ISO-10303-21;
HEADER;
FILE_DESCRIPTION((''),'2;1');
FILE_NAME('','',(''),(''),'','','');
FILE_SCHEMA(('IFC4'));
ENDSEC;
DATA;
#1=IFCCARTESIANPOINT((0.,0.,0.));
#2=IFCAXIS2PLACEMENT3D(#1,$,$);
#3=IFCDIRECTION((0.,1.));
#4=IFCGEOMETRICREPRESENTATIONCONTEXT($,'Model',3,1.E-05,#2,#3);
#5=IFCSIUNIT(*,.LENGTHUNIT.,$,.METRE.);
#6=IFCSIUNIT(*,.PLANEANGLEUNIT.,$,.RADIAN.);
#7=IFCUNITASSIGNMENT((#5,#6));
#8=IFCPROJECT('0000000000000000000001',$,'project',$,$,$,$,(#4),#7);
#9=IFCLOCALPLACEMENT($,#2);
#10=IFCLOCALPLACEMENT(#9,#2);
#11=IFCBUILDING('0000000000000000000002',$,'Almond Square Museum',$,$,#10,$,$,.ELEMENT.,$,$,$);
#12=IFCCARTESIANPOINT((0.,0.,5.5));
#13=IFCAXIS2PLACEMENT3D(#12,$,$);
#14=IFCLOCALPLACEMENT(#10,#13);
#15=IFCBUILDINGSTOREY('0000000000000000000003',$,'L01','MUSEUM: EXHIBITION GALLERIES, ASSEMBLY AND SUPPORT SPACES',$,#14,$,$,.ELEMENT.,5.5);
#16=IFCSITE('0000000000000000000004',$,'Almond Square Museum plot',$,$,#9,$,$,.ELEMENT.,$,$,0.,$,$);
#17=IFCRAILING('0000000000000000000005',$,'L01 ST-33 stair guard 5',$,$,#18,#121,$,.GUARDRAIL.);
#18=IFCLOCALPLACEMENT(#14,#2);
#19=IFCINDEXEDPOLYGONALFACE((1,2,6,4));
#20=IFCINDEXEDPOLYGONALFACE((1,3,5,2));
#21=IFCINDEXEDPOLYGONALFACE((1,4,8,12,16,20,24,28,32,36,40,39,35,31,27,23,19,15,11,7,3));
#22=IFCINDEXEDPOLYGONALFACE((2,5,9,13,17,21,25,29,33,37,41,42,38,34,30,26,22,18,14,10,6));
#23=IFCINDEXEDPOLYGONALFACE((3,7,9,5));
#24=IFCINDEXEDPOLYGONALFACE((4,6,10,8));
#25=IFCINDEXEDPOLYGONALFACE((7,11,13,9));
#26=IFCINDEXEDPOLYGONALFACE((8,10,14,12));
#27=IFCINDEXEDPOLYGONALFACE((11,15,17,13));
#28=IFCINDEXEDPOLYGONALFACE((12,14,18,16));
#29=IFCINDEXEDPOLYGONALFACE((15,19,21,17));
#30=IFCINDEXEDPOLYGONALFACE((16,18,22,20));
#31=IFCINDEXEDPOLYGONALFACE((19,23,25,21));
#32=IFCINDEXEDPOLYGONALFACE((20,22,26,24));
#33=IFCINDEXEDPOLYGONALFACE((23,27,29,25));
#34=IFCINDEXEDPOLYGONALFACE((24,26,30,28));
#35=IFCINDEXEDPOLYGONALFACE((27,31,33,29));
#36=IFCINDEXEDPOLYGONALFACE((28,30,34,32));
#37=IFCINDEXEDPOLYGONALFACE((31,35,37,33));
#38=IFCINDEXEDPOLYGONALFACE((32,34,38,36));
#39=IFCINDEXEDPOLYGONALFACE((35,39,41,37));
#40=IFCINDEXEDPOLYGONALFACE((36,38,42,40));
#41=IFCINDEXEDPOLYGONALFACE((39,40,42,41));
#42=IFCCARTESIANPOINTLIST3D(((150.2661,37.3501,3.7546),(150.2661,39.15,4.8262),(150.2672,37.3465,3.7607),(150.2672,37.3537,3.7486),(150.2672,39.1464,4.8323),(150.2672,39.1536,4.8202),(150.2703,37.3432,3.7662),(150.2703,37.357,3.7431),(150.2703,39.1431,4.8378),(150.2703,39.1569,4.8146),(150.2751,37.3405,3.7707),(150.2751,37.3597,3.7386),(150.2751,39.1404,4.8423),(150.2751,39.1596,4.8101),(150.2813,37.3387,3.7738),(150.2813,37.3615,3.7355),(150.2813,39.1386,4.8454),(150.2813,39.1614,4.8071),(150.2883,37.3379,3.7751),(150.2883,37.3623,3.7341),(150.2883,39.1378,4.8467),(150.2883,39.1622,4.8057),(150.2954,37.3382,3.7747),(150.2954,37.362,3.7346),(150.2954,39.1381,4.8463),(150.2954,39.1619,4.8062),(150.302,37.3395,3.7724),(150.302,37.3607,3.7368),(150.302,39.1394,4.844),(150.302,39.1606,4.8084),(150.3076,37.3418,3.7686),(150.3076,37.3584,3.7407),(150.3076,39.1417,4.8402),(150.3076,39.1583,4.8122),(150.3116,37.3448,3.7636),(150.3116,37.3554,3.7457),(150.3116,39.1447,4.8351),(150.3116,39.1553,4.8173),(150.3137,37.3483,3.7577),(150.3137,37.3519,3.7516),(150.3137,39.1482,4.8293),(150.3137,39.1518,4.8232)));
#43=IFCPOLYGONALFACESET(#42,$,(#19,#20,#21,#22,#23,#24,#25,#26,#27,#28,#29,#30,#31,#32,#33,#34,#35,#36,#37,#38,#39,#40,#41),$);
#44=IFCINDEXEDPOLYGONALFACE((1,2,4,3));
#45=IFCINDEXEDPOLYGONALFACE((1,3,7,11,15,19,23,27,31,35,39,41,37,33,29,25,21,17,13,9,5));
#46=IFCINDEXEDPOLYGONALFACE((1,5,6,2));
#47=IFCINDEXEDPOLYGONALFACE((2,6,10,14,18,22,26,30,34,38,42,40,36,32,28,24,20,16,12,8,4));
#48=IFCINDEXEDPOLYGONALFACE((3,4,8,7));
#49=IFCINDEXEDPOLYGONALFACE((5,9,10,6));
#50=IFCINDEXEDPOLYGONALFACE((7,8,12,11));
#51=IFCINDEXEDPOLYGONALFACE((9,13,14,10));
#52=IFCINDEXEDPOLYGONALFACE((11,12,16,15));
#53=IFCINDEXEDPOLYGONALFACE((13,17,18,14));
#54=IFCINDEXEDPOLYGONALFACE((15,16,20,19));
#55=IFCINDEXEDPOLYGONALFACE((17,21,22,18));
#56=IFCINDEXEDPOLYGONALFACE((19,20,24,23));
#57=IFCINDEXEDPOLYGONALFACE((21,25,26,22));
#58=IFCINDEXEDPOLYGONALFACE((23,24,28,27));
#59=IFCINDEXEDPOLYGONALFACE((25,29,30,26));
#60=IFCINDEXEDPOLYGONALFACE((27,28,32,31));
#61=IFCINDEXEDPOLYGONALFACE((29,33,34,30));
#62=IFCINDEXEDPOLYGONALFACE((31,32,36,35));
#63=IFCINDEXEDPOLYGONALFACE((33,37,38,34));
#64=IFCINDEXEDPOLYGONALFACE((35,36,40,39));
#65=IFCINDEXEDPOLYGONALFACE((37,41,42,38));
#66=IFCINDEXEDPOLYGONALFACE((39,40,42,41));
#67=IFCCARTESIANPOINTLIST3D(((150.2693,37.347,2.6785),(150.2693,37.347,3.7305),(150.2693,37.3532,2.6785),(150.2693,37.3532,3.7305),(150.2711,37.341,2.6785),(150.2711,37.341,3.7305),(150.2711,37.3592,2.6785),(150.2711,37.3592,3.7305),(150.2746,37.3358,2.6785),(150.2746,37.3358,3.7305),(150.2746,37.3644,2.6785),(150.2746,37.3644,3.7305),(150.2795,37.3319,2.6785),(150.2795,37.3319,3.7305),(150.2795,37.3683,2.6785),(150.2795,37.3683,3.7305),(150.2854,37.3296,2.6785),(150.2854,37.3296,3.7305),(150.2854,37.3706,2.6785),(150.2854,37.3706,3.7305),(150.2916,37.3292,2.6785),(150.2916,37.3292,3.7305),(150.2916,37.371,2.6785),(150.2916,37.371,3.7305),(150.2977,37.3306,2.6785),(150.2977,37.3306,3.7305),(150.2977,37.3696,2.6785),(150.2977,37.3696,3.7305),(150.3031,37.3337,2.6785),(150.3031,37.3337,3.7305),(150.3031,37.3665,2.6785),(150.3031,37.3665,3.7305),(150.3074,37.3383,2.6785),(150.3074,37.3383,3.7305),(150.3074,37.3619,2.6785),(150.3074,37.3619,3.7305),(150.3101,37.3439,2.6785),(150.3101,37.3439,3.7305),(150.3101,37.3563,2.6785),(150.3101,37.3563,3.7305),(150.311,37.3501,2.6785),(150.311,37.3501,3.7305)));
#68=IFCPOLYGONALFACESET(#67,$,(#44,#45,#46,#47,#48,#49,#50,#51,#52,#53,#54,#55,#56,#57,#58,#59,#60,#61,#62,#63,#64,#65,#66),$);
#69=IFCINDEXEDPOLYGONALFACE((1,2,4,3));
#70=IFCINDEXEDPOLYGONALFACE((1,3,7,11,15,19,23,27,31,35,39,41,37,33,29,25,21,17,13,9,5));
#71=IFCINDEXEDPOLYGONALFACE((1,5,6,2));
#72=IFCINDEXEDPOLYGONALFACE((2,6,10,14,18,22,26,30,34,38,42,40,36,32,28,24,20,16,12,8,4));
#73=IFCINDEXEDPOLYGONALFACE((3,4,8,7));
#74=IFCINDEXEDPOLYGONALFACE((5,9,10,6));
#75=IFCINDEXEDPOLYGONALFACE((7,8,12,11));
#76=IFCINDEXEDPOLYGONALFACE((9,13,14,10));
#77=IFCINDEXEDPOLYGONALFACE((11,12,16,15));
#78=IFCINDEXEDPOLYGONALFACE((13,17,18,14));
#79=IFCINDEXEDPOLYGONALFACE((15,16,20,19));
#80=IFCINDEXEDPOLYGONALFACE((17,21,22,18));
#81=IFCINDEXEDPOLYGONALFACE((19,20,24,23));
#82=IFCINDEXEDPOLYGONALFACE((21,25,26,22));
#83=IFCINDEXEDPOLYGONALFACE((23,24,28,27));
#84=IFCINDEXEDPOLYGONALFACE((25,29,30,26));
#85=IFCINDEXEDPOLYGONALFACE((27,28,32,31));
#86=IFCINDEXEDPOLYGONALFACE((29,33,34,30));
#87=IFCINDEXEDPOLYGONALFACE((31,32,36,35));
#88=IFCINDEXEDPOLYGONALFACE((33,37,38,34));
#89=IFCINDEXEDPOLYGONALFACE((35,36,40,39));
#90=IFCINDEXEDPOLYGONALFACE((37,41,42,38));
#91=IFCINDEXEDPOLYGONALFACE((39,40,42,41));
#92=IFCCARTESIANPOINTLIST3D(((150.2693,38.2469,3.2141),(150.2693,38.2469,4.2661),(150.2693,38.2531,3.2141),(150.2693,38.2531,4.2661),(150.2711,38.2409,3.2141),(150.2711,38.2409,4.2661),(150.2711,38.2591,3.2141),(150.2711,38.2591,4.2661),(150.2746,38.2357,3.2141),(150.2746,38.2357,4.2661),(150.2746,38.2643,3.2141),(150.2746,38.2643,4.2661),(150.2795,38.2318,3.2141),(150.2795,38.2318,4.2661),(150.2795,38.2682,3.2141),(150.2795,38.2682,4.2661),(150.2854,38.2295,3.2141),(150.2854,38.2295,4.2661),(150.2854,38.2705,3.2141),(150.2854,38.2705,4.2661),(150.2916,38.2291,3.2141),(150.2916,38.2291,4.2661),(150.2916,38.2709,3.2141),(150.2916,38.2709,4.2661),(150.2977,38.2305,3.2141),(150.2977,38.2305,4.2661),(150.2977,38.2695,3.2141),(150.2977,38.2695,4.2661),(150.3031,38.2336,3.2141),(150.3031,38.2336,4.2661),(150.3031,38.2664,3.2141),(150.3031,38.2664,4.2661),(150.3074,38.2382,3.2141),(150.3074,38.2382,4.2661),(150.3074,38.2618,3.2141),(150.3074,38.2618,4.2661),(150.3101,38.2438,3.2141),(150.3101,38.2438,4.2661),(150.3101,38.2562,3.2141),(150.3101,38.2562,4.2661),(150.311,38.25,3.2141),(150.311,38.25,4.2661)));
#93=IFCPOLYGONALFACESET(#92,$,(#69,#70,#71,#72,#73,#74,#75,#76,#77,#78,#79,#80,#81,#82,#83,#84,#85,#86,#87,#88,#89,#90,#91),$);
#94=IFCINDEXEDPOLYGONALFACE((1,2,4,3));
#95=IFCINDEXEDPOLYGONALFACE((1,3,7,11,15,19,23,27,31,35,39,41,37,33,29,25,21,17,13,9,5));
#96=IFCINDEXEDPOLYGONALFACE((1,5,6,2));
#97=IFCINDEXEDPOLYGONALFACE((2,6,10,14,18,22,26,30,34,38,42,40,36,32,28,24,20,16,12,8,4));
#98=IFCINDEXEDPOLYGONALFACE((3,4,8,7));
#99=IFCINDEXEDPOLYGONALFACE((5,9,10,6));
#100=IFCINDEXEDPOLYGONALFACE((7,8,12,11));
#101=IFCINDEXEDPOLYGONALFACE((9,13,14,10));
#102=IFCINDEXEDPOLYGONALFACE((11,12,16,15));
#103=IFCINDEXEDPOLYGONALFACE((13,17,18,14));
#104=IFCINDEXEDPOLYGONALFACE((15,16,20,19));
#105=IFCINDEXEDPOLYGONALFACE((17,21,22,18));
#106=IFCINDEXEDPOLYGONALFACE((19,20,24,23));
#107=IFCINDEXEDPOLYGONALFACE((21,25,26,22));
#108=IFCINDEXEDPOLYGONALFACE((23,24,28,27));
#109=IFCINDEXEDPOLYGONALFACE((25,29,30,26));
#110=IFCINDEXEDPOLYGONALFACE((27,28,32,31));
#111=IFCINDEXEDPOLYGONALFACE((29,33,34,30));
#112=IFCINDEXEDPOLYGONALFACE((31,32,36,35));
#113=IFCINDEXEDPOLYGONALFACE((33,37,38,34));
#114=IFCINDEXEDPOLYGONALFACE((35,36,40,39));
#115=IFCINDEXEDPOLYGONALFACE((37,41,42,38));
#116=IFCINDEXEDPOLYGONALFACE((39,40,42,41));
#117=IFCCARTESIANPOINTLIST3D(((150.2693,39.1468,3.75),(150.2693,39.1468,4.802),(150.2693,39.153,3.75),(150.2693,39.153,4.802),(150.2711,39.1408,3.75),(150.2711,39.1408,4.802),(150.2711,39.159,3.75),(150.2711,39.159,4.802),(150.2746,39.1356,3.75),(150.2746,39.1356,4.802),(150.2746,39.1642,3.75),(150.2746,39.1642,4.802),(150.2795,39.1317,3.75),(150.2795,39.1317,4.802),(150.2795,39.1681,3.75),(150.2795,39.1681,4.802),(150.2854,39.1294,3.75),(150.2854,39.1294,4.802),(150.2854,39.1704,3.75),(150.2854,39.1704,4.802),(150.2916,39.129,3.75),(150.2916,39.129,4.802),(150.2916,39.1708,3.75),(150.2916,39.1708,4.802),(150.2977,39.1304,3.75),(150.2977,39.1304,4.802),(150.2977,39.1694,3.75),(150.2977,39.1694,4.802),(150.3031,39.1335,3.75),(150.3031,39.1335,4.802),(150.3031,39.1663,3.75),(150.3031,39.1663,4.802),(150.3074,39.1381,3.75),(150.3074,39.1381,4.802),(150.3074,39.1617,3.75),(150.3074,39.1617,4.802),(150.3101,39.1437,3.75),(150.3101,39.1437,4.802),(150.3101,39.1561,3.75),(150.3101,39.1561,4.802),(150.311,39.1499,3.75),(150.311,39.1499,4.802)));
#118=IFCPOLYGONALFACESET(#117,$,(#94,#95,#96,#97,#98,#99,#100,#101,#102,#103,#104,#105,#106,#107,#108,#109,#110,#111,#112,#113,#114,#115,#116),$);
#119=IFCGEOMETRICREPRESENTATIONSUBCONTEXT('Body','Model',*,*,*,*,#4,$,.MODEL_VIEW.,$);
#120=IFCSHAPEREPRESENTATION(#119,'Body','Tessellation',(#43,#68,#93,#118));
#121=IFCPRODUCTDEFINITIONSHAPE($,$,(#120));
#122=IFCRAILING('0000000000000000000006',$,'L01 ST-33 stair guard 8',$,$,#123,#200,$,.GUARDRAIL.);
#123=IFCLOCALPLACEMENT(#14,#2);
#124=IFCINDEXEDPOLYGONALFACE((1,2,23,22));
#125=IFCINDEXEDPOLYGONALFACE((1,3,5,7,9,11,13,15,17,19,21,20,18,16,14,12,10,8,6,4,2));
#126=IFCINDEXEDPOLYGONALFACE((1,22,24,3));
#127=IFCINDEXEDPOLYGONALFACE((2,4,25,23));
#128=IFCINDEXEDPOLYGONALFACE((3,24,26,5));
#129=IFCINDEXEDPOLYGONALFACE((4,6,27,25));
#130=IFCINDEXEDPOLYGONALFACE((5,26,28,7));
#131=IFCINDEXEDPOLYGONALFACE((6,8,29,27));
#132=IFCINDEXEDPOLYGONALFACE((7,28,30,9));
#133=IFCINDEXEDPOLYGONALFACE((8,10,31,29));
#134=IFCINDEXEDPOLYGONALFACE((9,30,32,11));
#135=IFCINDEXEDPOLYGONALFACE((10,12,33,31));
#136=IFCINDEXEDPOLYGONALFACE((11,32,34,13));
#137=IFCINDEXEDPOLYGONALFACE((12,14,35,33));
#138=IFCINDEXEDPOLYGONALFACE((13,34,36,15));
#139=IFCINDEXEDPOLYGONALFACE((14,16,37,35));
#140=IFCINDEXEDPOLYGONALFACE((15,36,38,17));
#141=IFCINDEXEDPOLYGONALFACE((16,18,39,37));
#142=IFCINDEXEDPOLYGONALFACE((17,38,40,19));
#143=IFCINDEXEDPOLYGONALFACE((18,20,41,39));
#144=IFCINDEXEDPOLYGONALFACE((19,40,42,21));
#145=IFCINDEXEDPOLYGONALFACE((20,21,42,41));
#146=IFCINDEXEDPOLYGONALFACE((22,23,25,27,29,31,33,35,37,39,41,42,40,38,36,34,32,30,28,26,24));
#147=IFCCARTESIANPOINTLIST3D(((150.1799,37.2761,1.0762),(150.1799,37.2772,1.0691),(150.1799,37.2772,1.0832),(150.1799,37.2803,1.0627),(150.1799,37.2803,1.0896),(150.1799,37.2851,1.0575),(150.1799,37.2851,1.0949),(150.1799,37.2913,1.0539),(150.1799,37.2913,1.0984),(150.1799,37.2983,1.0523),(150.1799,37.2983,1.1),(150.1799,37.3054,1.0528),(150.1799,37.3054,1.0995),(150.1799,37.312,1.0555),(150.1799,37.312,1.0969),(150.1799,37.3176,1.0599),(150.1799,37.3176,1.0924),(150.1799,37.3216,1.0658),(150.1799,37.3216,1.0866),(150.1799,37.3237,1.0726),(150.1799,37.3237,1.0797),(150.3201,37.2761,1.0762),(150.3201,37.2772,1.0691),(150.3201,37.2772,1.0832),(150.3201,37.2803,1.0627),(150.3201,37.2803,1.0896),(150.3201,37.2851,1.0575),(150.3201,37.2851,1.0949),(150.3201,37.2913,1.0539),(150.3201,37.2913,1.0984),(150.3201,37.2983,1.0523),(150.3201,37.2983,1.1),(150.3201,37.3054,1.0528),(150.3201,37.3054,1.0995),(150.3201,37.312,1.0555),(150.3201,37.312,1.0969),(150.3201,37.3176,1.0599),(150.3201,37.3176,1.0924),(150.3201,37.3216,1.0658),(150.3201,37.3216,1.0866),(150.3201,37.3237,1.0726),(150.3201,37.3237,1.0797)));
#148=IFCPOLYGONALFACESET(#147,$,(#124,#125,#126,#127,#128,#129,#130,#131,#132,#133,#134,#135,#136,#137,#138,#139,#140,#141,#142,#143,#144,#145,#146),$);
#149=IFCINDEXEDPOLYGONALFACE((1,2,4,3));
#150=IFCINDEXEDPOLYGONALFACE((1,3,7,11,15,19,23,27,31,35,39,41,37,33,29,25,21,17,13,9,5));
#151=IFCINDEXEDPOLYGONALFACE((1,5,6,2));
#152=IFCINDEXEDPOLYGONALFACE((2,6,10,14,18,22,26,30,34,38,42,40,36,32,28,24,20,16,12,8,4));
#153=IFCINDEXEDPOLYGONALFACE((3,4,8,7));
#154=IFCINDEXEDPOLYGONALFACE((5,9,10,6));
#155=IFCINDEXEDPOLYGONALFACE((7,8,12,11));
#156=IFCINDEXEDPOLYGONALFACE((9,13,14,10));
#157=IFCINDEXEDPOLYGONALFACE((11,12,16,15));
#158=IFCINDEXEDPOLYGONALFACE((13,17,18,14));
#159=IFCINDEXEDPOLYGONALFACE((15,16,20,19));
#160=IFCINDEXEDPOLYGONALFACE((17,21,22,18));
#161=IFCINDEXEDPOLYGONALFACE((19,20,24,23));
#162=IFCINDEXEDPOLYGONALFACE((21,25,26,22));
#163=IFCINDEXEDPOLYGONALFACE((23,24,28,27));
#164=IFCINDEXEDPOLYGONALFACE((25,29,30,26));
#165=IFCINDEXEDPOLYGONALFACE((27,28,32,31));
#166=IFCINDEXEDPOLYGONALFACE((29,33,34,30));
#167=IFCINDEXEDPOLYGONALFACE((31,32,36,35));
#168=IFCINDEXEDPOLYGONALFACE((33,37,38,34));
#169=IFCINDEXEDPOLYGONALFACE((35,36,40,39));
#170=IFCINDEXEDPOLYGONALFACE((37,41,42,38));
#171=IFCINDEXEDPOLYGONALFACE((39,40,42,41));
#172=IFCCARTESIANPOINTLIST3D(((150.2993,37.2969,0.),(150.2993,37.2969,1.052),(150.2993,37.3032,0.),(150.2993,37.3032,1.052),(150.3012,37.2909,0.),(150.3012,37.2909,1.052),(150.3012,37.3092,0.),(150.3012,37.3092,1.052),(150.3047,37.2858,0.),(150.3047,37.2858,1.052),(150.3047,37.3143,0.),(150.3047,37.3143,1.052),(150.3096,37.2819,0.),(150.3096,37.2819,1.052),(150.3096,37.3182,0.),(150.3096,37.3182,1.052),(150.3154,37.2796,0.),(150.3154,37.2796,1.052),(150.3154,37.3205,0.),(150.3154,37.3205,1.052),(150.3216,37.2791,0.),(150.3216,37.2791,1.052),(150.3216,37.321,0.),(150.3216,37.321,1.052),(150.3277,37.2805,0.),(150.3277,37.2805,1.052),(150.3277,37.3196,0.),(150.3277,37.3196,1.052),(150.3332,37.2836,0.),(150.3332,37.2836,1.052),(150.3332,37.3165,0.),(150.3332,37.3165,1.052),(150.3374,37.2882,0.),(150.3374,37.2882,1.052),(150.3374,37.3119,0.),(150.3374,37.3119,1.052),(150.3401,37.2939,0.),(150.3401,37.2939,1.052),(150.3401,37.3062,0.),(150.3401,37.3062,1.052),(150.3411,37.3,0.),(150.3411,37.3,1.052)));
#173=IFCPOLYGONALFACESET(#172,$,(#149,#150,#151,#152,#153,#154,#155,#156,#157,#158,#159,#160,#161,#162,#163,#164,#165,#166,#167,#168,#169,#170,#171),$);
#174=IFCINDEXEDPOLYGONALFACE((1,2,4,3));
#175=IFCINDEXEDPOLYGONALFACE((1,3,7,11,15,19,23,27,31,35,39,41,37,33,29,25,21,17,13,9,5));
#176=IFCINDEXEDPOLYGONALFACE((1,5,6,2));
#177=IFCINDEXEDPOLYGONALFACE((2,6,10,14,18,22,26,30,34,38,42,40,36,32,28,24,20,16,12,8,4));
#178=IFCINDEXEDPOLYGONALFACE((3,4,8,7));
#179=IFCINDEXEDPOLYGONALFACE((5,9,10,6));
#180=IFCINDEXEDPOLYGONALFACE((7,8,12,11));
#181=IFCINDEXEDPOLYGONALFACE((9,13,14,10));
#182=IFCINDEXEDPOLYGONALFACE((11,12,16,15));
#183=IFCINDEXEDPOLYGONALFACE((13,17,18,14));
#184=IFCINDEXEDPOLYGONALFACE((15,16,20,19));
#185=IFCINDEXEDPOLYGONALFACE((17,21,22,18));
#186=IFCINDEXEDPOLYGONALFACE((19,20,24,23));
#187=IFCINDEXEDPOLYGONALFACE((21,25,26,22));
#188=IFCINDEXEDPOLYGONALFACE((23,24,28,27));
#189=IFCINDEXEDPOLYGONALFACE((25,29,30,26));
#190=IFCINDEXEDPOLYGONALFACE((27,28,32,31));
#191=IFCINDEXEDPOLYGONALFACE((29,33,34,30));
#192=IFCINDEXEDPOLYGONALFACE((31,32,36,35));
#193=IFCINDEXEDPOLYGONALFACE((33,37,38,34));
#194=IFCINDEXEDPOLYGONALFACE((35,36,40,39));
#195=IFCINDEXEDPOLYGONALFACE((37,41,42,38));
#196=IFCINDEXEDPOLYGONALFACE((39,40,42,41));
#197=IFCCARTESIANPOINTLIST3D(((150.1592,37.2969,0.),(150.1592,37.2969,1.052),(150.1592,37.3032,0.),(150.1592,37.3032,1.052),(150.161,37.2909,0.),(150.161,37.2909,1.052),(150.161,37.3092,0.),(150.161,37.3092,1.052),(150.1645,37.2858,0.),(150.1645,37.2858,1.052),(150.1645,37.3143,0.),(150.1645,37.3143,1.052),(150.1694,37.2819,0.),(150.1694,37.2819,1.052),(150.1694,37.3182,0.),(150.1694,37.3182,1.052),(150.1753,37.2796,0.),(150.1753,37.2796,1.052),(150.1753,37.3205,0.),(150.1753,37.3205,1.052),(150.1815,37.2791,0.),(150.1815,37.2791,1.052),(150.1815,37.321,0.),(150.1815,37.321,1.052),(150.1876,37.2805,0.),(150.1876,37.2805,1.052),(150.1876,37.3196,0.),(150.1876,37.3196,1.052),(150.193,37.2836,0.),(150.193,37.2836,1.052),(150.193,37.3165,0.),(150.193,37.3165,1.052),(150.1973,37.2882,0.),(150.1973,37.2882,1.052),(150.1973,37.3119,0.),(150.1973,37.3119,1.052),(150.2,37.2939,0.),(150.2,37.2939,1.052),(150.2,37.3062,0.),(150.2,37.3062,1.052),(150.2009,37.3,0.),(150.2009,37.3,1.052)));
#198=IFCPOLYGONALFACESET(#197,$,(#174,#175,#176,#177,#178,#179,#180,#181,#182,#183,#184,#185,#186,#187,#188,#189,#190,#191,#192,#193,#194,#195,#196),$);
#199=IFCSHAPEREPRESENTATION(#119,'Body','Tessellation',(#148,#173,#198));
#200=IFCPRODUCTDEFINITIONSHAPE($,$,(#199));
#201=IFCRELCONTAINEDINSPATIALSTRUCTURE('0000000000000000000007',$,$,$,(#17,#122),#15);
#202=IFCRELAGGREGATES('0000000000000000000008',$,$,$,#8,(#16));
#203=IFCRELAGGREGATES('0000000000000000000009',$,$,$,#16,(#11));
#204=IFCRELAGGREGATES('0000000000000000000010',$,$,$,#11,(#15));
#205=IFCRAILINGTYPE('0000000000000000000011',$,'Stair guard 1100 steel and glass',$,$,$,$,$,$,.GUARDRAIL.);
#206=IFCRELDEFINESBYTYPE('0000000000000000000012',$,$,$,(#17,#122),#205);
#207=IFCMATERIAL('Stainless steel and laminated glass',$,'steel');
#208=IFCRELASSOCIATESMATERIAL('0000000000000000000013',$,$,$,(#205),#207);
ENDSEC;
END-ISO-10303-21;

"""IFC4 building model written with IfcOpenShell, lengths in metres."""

from ifc_helpers import new_model, si_unit, direction, frame, origin, origin_2d, place, context, subcontext, project, spatial, circle, extrude, material, type_object, element, save


model = new_model("IFC4")

# Units and contexts
model_context = context("Model", 3, precision=1e-05, world=origin(), true_north=direction((0.0, 1.0)))
body_context = subcontext(model_context, "Body", "Model", "MODEL_VIEW")
ifc_project = project(units=[si_unit("LENGTHUNIT", "METRE"), si_unit("PLANEANGLEUNIT", "RADIAN")], contexts=[model_context])

# Site, building, storey
site_placement = place(None, origin())
site = spatial("IfcSite", under=ifc_project, at=site_placement, Name="Almond Square Museum plot", CompositionType="ELEMENT", RefElevation=0.0)
building_placement = place(site_placement, origin())
building = spatial("IfcBuilding", under=site, at=building_placement, Name="Almond Square Museum", CompositionType="ELEMENT")
storey_placement = place(building_placement, frame((0.0, 0.0, 5.5)))
storey = spatial("IfcBuildingStorey", under=building, at=storey_placement, Name="L01", Description="MUSEUM: EXHIBITION GALLERIES, ASSEMBLY AND SUPPORT SPACES", CompositionType="ELEMENT", Elevation=5.5)

# Railings
ifc_material_1 = material(Name="Stainless steel and laminated glass", Category="steel")
railing_type = type_object("IfcRailingType", Name="Stair guard 1100 steel and glass", PredefinedType="GUARDRAIL", material=ifc_material_1)
railing_1_placement = place(storey_placement, frame((150.29, 37.3501, 2.6785)))
element("IfcRailing", 1, at=railing_1_placement, inside=storey, type_object=railing_type, Name="L01 ST-33 stair guard 5", PredefinedType="GUARDRAIL", context=body_context, shape_type="SweptSolid", body=[
    extrude(circle(Radius=0.0239, at=origin_2d()), frame((0.0, 0.0, 1.0762), z_axis=(0.0, 0.859247, 0.511562), x_axis=(-1.0, 0.0, 0.0)), (0.0, 0.0, 1.0), 2.0947),
    extrude(circle(Radius=0.021, at=origin_2d()), origin(), (0.0, 0.0, 1.0), 1.052),
    extrude(circle(Radius=0.021, at=origin_2d()), frame((0.0, 0.8999, 0.5356)), (0.0, 0.0, 1.0), 1.052),
    extrude(circle(Radius=0.021, at=origin_2d()), frame((0.0, 1.7998, 1.0715)), (0.0, 0.0, 1.0), 1.052),
])
for number, where, name in (
    (2, (150.3201, 37.3, 0.0), "L01 ST-33 stair guard 8"),
):
    element("IfcRailing", number, at=place(storey_placement, frame(where)), inside=storey, type_object=railing_type, Name=name, PredefinedType="GUARDRAIL", context=body_context, shape_type="SweptSolid", body=[
        extrude(circle(Radius=0.0239, at=origin_2d()), frame((0.0, 0.0, 1.0762), z_axis=(-1.0, 0.0, 0.0), x_axis=(0.0, -1.0, 0.0)), (0.0, 0.0, 1.0), 0.1401),
        extrude(circle(Radius=0.021, at=origin_2d()), origin(), (0.0, 0.0, 1.0), 1.052),
        extrude(circle(Radius=0.021, at=origin_2d()), frame((-0.1401, 0.0, 0.0)), (0.0, 0.0, 1.0), 1.052),
    ])

save(model, "model.ifc")
